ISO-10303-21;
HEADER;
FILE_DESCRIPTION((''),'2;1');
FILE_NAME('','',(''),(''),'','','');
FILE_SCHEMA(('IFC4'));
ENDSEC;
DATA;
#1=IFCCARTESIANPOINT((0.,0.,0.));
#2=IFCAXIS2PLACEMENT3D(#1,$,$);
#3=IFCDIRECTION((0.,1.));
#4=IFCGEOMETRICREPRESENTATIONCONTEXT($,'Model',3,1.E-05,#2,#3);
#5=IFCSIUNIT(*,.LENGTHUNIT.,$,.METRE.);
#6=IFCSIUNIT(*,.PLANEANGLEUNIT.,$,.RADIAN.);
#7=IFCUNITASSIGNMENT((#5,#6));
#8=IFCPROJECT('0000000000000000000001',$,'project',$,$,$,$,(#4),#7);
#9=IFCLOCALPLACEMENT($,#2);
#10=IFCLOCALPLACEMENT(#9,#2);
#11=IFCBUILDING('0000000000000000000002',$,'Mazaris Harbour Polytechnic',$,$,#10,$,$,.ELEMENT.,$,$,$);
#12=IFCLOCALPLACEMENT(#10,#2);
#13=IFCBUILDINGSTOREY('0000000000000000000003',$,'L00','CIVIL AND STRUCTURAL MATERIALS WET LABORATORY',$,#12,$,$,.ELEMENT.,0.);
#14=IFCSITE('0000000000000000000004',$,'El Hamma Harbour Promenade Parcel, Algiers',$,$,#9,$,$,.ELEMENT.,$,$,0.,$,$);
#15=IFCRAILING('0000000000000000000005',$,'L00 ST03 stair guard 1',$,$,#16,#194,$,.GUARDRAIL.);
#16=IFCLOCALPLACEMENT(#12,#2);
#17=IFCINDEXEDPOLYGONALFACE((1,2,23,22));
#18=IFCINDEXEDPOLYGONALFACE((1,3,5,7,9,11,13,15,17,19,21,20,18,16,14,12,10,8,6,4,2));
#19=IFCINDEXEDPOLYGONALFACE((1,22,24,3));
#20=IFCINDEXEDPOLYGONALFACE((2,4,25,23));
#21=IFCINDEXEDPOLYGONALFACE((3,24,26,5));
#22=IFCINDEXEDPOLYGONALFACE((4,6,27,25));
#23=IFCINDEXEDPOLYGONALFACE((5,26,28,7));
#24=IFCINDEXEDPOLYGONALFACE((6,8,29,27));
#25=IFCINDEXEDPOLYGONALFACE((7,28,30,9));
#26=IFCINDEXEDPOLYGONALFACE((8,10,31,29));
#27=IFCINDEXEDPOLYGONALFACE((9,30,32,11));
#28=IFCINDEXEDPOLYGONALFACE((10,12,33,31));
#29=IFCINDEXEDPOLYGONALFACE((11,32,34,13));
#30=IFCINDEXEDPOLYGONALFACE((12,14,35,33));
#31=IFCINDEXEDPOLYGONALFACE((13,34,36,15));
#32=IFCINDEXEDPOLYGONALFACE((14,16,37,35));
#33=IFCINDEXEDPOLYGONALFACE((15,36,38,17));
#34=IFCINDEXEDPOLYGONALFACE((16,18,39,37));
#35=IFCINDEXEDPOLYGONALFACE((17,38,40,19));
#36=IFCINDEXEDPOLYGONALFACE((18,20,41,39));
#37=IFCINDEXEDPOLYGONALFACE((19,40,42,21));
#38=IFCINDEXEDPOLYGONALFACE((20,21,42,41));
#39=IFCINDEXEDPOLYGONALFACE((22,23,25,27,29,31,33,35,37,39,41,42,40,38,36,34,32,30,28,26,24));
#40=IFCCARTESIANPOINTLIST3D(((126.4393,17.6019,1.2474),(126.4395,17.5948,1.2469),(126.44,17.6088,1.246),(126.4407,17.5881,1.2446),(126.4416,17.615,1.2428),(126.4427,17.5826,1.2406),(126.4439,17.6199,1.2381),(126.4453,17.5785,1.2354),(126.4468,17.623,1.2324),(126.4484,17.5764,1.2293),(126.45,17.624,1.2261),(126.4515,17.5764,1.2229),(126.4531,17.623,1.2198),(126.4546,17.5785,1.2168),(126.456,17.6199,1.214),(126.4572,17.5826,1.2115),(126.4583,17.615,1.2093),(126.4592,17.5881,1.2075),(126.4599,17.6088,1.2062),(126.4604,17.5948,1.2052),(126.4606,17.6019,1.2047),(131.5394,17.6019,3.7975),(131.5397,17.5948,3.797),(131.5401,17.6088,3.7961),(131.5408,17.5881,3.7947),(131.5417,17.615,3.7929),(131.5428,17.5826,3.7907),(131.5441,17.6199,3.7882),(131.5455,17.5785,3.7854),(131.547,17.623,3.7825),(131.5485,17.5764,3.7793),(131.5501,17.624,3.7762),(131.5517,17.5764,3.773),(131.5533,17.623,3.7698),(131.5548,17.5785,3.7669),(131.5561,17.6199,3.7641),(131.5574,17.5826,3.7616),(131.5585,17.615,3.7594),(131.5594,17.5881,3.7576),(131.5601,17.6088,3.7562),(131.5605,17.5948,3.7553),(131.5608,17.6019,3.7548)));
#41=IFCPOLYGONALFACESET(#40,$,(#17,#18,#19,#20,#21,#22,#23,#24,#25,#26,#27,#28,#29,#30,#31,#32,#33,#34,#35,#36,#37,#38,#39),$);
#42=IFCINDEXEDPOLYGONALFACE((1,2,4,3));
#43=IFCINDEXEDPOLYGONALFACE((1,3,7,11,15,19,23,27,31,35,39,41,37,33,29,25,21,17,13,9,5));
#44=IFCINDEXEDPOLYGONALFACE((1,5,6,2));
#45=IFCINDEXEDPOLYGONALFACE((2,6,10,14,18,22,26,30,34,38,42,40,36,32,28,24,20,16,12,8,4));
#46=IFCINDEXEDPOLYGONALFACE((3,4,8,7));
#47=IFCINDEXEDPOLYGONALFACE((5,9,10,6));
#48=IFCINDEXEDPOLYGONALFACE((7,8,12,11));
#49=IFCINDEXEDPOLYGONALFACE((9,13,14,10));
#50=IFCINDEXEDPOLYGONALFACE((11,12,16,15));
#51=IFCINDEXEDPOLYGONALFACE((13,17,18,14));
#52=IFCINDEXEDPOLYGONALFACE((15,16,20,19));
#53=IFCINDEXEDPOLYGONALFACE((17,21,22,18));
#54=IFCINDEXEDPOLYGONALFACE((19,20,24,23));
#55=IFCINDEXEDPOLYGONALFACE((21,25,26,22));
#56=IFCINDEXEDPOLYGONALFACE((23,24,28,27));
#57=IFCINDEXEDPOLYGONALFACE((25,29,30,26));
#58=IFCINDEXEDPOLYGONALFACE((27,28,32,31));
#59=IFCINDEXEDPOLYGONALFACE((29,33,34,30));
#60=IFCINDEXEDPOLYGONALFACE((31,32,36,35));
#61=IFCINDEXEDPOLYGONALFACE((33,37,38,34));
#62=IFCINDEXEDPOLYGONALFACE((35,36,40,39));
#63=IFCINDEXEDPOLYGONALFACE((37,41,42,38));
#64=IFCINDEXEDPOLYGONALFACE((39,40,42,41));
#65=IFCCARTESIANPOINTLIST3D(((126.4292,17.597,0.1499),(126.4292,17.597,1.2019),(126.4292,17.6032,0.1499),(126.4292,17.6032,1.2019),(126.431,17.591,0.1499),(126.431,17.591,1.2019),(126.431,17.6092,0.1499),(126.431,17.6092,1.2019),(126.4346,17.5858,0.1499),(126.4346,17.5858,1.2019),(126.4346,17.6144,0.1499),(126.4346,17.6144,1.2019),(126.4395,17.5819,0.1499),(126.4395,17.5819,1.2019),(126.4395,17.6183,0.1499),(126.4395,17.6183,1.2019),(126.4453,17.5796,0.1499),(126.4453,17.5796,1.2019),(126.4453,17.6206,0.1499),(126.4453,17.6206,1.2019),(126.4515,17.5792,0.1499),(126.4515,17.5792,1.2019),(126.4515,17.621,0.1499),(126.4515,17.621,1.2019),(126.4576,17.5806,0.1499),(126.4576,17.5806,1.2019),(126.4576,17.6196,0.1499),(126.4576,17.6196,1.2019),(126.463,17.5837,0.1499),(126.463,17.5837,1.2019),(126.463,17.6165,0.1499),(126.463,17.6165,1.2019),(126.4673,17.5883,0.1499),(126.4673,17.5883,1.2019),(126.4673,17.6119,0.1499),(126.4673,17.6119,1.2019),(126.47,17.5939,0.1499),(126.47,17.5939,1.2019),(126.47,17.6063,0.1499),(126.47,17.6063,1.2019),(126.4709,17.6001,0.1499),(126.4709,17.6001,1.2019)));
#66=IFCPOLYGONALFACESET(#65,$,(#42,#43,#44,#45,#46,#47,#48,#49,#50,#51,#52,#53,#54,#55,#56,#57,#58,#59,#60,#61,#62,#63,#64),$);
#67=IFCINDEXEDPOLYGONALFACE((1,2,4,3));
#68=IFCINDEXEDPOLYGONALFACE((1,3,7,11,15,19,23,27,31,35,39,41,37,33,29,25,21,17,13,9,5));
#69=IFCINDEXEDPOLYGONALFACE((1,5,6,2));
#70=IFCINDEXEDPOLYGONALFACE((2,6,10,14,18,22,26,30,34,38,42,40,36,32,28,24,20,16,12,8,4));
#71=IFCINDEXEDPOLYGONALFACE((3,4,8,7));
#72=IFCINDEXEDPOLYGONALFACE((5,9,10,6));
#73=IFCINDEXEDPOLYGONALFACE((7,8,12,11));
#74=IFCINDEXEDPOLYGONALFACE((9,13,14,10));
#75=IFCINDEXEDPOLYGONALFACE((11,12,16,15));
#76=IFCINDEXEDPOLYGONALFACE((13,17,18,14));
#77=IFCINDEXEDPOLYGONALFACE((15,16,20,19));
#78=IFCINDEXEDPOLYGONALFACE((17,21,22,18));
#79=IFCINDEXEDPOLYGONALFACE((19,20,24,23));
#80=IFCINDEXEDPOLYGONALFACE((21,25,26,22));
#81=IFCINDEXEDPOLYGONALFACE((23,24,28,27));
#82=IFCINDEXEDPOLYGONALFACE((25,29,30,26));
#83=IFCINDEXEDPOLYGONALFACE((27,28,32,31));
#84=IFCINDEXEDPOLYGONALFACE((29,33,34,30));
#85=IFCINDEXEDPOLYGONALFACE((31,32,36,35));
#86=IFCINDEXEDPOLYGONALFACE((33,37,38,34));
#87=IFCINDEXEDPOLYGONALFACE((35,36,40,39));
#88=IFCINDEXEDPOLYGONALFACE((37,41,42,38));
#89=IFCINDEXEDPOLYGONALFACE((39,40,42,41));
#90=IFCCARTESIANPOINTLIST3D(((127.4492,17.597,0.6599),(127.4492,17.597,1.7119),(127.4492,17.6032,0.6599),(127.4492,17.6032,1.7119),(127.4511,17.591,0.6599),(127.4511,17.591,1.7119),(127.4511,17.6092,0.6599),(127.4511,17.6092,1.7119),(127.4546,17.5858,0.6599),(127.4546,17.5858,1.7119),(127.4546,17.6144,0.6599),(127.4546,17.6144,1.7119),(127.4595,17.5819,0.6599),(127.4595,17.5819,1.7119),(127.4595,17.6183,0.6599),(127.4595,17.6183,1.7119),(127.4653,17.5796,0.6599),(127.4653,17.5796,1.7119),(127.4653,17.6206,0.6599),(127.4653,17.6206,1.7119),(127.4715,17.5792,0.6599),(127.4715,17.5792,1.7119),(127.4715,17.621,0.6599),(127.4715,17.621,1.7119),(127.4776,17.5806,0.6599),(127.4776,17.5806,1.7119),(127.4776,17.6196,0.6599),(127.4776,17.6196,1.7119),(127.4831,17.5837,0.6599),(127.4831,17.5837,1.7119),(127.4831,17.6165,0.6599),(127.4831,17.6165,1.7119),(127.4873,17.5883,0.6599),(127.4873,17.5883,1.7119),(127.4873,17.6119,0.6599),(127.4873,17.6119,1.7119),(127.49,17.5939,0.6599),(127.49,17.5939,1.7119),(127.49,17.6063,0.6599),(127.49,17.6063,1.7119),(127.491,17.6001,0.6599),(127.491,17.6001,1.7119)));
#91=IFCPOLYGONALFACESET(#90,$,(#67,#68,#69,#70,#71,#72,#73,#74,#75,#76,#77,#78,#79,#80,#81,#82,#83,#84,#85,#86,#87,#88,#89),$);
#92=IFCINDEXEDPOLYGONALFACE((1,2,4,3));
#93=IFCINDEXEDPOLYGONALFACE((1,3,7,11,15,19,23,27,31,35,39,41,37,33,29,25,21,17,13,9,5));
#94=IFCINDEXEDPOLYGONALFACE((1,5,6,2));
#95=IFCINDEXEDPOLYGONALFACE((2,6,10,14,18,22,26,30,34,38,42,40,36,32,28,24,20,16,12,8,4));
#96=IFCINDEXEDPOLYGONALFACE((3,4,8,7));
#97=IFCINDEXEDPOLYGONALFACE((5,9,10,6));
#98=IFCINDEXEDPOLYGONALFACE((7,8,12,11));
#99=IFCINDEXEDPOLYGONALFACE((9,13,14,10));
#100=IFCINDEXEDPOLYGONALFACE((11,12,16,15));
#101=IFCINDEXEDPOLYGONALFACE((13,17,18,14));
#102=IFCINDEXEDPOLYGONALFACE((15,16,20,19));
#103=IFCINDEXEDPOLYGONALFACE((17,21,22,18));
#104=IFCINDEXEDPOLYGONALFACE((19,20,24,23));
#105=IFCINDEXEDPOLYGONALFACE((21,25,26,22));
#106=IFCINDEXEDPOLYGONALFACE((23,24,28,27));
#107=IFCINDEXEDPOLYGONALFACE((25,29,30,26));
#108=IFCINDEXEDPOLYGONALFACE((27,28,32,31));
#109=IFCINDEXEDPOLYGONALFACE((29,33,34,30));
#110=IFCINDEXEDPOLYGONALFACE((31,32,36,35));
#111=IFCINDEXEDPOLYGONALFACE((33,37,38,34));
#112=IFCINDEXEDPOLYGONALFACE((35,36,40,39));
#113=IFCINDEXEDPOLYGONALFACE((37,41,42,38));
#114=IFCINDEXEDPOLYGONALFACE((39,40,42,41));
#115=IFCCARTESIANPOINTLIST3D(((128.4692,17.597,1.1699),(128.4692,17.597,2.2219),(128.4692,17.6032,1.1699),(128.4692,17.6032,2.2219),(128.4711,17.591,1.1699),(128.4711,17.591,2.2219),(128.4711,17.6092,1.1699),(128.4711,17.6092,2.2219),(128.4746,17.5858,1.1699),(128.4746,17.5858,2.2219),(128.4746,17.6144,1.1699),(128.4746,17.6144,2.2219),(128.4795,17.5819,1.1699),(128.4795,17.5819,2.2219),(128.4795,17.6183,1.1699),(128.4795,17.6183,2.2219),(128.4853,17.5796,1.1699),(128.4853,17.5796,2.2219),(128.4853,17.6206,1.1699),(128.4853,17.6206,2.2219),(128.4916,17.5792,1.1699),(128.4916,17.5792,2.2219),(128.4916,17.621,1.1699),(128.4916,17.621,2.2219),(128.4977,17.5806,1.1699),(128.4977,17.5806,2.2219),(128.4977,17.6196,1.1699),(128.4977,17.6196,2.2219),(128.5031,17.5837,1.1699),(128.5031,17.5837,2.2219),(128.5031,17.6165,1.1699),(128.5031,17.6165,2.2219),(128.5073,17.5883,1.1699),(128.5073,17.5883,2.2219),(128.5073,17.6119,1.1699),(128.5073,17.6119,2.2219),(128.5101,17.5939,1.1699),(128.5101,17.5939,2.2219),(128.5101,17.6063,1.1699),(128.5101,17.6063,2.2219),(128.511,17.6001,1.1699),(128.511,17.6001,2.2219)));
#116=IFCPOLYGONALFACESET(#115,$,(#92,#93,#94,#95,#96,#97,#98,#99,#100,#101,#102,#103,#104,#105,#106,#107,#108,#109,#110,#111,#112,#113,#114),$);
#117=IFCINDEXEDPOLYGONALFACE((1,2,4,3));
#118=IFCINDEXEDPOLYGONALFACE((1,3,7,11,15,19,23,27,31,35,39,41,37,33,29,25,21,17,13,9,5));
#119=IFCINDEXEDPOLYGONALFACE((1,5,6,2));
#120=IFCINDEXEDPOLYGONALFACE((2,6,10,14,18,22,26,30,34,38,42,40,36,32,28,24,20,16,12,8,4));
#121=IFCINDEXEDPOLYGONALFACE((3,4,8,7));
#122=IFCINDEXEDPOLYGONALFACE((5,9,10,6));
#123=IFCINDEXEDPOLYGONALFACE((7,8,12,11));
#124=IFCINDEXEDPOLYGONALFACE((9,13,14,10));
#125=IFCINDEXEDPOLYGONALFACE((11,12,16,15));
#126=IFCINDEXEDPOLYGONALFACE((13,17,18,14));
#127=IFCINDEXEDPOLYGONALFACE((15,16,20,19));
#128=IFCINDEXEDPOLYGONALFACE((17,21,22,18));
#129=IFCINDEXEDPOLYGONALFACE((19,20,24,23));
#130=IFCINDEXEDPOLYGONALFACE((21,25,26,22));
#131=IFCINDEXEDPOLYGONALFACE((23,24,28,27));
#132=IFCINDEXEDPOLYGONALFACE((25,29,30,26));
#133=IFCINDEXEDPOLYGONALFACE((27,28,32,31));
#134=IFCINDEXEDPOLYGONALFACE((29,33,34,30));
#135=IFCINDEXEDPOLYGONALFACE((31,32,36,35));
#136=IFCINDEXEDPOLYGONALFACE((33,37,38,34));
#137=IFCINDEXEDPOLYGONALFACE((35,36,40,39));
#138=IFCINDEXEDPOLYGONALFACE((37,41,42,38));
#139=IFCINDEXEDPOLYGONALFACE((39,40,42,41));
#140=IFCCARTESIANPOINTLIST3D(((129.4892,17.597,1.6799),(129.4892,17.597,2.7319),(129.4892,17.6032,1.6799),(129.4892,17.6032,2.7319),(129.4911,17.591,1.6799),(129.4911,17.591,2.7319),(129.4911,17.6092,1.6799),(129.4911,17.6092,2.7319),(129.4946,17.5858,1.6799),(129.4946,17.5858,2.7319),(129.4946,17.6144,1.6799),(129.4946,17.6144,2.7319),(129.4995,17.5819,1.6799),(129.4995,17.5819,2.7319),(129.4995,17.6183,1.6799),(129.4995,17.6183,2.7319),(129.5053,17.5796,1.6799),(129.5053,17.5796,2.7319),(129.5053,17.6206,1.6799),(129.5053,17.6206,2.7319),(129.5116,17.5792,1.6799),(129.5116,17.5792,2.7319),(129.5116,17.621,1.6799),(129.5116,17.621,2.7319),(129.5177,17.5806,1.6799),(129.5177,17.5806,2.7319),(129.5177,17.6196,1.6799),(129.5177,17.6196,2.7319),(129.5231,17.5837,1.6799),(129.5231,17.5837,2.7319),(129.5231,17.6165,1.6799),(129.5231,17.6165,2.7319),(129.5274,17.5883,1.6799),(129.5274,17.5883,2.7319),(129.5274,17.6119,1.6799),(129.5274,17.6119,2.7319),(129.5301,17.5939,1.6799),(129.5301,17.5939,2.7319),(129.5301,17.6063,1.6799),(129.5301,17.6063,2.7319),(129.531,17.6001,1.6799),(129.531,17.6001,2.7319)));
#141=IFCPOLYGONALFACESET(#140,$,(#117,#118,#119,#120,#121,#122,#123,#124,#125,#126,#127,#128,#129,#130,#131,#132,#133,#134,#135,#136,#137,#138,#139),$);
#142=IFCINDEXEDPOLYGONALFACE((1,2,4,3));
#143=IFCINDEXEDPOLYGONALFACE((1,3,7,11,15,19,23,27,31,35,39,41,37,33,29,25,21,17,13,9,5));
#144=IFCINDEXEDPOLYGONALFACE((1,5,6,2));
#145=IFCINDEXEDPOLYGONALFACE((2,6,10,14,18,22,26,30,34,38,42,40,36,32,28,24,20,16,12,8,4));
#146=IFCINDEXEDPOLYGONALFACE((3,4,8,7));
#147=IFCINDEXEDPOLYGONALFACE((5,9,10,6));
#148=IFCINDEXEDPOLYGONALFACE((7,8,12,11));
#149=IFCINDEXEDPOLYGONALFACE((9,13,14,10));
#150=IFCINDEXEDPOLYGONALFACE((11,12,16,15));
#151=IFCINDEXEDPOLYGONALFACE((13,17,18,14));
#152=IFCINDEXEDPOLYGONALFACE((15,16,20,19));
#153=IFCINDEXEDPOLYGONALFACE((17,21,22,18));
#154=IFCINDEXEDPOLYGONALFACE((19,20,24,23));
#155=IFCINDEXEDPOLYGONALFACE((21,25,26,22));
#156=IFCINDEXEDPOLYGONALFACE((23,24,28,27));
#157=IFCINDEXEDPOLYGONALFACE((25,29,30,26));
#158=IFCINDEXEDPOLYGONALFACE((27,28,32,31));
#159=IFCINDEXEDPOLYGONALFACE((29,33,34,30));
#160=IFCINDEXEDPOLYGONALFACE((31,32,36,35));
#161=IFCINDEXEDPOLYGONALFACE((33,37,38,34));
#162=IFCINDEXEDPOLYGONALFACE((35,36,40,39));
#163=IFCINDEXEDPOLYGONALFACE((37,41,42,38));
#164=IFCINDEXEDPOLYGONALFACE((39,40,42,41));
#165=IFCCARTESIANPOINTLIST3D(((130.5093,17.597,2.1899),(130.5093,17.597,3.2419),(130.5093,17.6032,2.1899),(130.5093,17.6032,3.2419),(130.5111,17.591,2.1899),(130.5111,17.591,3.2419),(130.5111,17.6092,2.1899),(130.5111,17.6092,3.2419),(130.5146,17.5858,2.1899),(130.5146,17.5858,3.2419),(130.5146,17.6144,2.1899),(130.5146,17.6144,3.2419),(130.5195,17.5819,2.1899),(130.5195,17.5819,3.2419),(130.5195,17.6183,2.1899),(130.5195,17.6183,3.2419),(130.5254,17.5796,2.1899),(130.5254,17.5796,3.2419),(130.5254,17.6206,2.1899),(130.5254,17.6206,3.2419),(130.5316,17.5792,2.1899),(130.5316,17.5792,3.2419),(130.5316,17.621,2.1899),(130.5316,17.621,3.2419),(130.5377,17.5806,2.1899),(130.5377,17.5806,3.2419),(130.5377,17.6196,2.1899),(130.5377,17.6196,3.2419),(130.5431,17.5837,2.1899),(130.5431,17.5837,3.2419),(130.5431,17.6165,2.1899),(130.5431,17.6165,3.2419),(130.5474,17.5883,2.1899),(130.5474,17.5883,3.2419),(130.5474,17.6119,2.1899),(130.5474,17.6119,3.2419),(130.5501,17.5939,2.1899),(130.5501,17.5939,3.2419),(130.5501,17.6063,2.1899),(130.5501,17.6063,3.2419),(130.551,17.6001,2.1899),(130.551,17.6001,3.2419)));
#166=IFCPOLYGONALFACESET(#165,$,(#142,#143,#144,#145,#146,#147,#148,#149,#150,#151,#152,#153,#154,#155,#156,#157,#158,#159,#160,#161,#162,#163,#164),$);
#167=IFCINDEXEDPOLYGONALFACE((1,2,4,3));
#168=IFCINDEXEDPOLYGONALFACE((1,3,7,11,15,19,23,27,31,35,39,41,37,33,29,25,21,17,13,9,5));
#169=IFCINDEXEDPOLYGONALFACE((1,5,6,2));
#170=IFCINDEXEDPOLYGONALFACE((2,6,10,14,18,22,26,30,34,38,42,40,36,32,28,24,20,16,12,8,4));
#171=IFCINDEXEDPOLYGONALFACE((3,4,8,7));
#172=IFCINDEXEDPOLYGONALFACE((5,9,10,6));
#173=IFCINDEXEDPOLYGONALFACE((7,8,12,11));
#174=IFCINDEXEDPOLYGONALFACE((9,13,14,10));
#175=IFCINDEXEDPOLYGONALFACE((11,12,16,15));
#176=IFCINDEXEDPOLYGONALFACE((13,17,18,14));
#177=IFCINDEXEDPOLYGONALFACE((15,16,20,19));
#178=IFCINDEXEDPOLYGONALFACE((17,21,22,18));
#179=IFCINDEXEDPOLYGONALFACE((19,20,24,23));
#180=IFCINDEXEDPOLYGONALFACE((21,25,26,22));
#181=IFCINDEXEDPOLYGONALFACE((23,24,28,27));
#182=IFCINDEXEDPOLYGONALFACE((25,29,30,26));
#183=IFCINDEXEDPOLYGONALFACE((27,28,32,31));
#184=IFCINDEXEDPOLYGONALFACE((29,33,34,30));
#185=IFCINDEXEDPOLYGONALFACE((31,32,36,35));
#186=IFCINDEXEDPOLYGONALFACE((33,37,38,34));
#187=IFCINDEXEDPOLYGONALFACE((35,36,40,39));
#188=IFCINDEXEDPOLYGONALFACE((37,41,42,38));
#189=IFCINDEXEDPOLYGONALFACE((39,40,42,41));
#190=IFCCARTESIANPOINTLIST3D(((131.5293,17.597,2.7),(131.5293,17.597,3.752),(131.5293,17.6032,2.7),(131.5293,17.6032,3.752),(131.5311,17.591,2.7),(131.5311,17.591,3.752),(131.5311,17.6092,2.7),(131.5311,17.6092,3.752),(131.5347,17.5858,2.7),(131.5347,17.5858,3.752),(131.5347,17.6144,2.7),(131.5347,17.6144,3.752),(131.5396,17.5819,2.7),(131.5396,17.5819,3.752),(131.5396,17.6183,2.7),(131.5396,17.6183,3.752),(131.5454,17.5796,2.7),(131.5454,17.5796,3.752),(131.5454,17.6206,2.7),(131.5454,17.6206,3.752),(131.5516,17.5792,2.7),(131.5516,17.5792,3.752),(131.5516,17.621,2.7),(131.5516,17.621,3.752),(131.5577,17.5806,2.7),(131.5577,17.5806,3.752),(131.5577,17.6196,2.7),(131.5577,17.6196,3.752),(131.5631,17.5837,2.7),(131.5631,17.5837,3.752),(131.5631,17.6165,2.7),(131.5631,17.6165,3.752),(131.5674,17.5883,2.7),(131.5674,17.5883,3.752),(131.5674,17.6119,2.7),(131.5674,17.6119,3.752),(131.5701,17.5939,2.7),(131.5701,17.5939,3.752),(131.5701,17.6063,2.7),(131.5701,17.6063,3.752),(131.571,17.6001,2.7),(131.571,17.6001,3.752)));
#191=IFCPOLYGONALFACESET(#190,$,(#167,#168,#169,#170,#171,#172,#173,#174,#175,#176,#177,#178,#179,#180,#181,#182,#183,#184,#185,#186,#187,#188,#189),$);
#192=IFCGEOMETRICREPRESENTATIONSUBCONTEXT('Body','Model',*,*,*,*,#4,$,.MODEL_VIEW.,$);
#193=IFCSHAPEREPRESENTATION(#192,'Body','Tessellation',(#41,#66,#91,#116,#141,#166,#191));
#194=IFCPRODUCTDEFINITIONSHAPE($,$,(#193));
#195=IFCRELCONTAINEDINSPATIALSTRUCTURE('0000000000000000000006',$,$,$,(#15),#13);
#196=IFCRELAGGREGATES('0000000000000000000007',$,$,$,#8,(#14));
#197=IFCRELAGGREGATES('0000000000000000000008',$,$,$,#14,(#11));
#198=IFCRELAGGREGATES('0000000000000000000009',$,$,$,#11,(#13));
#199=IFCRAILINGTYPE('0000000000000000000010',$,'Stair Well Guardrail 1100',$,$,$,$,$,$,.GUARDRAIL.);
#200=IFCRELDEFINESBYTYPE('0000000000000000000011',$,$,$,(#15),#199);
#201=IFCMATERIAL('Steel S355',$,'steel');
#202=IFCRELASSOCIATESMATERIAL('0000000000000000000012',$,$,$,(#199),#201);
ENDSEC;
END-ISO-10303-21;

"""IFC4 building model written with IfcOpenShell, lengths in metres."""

from ifc_helpers import new_model, si_unit, direction, frame, origin, origin_2d, place, context, subcontext, project, spatial, circle, extrude, material, type_object, element, save


model = new_model("IFC4")

# Units and contexts
model_context = context("Model", 3, precision=1e-05, world=origin(), true_north=direction((0.0, 1.0)))
body_context = subcontext(model_context, "Body", "Model", "MODEL_VIEW")
ifc_project = project(units=[si_unit("LENGTHUNIT", "METRE"), si_unit("PLANEANGLEUNIT", "RADIAN")], contexts=[model_context])

# Site, building, storey
site_placement = place(None, origin())
site = spatial("IfcSite", under=ifc_project, at=site_placement, Name="El Hamma Harbour Promenade Parcel, Algiers", CompositionType="ELEMENT", RefElevation=0.0)
building_placement = place(site_placement, origin())
building = spatial("IfcBuilding", under=site, at=building_placement, Name="Mazaris Harbour Polytechnic", CompositionType="ELEMENT")
storey_placement = place(building_placement, origin())
storey = spatial("IfcBuildingStorey", under=building, at=storey_placement, Name="L00", Description="CIVIL AND STRUCTURAL MATERIALS WET LABORATORY", CompositionType="ELEMENT", Elevation=0.0)

# Railing
ifc_material_1 = material(Name="Steel S355", Category="steel")
railing_type_1 = type_object("IfcRailingType", Name="Stair Well Guardrail 1100", PredefinedType="GUARDRAIL", material=ifc_material_1)
railing_1_placement = place(storey_placement, frame((126.45, 17.6001, 0.1499)))
element("IfcRailing", 1, at=railing_1_placement, inside=storey, type_object=railing_type_1, Name="L00 ST03 stair guard 1", PredefinedType="GUARDRAIL", context=body_context, shape_type="SweptSolid", body=[
    extrude(circle(Radius=0.0239, at=origin_2d()), frame((0.0, 0.0, 1.0762), z_axis=(0.894427, 0.0, 0.447214), x_axis=(0.0, 1.0, 0.0)), (0.0, 0.0, 1.0), 5.7021),
    extrude(circle(Radius=0.021, at=origin_2d()), origin(), (0.0, 0.0, 1.0), 1.052),
    extrude(circle(Radius=0.021, at=origin_2d()), frame((1.02, 0.0, 0.51)), (0.0, 0.0, 1.0), 1.052),
    extrude(circle(Radius=0.021, at=origin_2d()), frame((2.04, 0.0, 1.02)), (0.0, 0.0, 1.0), 1.052),
    extrude(circle(Radius=0.021, at=origin_2d()), frame((3.0601, 0.0, 1.53)), (0.0, 0.0, 1.0), 1.052),
    extrude(circle(Radius=0.021, at=origin_2d()), frame((4.0801, 0.0, 2.04)), (0.0, 0.0, 1.0), 1.052),
    extrude(circle(Radius=0.021, at=origin_2d()), frame((5.1001, 0.0, 2.55)), (0.0, 0.0, 1.0), 1.052),
])

save(model, "model.ifc")
